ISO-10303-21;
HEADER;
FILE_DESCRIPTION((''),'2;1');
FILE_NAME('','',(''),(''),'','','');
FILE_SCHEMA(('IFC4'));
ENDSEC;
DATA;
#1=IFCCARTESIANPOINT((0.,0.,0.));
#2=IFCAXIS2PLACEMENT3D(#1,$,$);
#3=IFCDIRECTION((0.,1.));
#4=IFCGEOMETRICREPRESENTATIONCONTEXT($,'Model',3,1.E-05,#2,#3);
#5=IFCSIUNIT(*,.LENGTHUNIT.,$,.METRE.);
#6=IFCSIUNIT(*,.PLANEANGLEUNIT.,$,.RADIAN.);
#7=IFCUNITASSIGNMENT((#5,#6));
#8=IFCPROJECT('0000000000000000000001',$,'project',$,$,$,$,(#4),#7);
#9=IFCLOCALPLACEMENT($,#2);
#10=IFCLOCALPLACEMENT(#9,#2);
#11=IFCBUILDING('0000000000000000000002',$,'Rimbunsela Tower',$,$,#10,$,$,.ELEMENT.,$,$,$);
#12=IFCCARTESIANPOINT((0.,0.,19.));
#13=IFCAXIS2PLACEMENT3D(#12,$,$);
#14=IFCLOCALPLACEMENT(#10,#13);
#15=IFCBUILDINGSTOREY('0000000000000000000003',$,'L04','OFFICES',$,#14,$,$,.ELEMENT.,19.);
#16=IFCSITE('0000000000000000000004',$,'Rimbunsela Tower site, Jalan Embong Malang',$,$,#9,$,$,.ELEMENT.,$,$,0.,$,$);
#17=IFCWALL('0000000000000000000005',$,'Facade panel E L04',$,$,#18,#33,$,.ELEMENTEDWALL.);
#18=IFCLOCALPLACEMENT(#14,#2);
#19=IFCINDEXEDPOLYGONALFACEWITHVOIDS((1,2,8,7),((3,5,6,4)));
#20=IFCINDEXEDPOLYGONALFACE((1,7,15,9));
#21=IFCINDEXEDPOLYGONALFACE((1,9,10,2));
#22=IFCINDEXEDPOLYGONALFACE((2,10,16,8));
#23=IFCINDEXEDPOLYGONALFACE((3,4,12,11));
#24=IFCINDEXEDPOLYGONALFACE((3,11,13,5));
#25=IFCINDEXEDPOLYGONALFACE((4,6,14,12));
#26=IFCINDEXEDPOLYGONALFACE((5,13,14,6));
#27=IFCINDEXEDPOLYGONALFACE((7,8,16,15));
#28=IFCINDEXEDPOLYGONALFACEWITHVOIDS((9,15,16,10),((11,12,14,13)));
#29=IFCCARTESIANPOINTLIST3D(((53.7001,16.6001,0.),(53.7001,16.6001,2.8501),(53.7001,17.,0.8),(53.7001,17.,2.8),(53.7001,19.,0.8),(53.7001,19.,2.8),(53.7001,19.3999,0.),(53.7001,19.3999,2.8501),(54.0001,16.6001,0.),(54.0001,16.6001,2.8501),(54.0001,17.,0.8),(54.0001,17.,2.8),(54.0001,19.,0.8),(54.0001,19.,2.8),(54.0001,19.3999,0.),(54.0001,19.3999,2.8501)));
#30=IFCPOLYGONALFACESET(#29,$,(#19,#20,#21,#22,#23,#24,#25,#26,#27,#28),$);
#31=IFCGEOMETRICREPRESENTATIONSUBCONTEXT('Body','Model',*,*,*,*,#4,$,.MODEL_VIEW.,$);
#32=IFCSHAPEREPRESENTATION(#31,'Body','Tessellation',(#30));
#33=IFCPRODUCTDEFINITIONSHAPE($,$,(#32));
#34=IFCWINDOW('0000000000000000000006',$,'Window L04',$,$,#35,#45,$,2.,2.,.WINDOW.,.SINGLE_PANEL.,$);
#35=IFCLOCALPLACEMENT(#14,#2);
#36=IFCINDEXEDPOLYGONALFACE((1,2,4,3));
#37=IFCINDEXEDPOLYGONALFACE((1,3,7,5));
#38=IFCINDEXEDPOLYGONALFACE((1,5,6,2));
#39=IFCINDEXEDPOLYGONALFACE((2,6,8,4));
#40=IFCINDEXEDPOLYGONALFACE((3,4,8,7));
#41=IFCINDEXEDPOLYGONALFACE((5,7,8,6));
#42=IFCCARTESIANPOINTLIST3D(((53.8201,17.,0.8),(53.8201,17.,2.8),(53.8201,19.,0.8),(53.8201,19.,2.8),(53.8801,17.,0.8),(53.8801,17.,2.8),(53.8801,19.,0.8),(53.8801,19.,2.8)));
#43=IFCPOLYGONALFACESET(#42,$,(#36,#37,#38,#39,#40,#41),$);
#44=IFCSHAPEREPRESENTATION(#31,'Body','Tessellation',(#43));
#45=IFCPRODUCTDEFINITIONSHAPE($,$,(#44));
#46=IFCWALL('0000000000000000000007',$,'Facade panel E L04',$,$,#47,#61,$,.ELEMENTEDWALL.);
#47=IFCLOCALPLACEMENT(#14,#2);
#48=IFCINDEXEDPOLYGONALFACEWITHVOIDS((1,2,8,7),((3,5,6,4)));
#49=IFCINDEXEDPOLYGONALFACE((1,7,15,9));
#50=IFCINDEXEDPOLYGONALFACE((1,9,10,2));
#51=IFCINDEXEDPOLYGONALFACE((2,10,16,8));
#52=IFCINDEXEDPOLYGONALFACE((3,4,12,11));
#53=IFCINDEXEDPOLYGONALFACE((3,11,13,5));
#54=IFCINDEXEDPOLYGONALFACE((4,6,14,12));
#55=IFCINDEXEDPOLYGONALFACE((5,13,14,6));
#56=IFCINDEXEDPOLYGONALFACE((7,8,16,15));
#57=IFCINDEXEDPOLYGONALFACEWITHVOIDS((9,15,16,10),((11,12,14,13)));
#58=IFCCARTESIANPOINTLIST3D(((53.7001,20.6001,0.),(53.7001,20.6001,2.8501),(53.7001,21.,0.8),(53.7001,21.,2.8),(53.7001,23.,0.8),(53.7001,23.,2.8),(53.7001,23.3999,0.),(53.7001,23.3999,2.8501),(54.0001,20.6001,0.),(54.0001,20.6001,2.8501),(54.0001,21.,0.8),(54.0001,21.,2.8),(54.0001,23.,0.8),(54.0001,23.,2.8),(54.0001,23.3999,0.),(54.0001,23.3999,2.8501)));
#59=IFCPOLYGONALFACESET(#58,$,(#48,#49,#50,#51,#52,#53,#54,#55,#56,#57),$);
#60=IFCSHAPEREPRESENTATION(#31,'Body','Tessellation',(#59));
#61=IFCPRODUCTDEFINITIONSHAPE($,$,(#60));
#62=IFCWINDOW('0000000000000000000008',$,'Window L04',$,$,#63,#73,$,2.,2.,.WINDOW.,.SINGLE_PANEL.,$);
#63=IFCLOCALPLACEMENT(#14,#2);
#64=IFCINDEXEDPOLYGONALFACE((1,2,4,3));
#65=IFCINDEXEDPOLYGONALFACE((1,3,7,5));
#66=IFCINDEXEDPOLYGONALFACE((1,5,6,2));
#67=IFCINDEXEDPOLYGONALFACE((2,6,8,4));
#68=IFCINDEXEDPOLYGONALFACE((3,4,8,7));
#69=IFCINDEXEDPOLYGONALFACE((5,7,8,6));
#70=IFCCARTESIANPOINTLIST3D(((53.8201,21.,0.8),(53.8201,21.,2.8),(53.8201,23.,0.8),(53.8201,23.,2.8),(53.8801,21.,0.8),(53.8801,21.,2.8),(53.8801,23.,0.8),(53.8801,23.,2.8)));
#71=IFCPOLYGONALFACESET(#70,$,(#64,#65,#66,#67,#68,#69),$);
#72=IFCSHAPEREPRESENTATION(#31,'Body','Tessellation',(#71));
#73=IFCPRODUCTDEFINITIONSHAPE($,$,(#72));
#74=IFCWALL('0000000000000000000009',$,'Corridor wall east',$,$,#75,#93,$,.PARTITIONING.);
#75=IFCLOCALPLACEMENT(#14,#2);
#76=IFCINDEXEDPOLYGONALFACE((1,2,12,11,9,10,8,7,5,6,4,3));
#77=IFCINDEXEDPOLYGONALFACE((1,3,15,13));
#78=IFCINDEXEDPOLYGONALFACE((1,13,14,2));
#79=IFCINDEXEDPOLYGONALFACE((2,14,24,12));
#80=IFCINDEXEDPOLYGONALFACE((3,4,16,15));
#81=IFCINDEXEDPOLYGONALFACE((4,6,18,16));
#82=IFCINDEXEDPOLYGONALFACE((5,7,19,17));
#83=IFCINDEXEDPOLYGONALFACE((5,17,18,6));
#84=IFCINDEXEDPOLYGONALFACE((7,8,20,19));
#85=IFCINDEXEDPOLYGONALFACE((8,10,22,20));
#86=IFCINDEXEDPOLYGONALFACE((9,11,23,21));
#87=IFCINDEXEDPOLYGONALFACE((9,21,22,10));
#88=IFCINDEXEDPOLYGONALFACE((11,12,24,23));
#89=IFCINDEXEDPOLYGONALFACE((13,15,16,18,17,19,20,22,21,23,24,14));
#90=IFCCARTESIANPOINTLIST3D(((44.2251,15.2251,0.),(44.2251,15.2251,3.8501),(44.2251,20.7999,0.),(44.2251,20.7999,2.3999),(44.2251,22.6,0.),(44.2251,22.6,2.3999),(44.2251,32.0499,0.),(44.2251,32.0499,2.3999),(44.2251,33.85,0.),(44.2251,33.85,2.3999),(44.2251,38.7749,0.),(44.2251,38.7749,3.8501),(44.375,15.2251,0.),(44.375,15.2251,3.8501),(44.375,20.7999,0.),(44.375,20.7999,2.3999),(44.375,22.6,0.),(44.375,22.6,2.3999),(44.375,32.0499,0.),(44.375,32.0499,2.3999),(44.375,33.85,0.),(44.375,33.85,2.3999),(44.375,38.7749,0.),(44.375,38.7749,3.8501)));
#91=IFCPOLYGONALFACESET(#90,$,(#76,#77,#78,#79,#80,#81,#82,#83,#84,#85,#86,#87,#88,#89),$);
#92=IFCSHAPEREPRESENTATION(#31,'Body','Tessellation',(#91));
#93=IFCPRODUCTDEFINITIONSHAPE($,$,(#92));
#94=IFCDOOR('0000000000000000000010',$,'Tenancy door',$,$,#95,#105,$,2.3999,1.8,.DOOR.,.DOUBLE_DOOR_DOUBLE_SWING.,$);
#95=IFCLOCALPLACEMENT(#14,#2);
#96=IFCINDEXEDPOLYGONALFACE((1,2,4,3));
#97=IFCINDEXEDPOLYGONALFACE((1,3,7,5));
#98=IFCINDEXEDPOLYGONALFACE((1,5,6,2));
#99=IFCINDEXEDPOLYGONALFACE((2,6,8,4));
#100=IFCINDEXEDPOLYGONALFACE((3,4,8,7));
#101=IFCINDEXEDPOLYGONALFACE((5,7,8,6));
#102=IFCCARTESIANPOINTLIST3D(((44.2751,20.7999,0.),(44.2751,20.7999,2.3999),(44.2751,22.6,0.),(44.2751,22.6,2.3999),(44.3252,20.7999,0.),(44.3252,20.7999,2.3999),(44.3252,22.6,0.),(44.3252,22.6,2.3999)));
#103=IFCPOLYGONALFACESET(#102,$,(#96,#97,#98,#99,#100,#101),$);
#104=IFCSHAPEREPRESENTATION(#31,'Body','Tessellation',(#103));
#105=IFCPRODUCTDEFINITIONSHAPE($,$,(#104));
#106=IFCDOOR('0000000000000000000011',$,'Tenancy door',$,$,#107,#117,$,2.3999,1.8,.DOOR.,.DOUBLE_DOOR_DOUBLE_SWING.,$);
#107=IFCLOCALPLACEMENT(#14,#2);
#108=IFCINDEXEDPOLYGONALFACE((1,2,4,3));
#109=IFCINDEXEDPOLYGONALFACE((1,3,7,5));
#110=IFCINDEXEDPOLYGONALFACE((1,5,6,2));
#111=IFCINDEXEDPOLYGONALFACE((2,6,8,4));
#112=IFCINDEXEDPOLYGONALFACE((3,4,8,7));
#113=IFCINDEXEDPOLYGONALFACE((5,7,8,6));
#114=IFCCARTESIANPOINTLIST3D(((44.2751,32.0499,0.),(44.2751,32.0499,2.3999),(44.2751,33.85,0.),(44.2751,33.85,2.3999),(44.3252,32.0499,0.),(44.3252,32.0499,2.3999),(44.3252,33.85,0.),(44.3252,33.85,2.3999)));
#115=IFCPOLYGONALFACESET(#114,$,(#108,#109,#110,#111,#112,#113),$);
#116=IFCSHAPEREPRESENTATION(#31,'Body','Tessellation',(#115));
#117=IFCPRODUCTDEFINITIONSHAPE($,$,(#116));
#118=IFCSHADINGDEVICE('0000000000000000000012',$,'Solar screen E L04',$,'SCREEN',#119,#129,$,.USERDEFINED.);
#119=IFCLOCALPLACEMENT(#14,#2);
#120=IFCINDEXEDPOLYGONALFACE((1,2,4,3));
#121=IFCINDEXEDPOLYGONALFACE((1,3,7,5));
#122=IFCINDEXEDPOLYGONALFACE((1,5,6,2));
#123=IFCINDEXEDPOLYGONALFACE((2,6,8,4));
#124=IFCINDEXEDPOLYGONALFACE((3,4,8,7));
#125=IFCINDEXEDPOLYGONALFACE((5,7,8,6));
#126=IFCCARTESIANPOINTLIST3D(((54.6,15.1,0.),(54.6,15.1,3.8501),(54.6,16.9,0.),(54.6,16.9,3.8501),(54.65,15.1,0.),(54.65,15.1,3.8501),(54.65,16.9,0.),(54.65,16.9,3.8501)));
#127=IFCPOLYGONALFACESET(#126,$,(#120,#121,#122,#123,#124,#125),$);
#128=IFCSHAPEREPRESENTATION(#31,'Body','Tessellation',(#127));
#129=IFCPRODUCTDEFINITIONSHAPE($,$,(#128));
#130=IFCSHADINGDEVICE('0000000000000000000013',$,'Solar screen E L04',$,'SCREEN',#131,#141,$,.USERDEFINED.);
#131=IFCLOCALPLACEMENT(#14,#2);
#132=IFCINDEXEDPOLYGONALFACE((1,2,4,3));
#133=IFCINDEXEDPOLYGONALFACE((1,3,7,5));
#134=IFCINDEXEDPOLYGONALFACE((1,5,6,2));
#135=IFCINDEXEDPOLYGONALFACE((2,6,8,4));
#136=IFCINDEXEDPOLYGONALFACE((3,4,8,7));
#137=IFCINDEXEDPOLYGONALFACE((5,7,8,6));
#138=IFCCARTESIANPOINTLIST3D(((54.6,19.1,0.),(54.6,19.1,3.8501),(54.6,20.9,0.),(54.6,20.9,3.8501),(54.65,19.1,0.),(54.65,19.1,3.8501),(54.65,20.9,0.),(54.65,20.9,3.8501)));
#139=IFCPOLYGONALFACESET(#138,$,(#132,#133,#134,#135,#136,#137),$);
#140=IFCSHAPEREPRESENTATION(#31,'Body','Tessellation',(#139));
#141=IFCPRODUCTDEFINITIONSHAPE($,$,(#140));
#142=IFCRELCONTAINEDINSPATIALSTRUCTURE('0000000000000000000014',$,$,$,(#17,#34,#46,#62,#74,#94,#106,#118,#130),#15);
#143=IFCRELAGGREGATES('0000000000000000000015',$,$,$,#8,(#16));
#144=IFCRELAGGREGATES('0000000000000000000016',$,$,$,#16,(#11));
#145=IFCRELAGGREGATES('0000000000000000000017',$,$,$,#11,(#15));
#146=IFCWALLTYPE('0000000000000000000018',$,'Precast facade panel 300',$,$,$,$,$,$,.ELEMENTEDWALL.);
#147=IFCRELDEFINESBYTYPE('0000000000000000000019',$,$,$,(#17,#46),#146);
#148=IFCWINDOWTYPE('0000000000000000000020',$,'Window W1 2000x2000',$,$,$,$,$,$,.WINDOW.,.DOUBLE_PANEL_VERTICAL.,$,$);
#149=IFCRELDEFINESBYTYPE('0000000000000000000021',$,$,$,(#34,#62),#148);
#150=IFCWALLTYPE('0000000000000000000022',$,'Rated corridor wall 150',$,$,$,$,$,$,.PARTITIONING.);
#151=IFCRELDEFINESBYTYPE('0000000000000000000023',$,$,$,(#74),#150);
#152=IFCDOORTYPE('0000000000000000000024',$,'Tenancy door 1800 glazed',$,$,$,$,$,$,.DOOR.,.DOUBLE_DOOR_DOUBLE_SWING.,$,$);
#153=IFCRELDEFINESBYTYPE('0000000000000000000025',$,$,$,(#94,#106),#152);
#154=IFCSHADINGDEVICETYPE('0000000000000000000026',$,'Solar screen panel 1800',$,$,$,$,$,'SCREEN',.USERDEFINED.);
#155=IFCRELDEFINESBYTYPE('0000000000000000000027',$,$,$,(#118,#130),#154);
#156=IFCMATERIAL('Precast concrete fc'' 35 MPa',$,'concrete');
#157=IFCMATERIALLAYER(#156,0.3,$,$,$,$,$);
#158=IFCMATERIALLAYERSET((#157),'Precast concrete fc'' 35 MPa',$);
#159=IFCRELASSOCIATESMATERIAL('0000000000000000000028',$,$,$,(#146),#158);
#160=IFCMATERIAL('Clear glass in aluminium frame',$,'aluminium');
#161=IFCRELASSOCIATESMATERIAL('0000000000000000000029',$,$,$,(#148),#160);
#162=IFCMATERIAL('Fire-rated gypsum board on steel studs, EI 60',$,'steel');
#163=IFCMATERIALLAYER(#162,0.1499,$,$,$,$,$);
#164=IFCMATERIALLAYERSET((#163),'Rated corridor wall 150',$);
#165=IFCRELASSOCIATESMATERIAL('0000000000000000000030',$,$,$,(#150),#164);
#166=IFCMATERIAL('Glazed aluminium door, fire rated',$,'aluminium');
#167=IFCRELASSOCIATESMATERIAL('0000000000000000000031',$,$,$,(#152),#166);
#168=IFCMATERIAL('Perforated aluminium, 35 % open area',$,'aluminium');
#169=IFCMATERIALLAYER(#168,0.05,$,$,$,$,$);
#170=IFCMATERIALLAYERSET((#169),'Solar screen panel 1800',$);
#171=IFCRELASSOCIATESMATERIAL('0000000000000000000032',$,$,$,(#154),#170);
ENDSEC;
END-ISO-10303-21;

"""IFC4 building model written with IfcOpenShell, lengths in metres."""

from ifc_helpers import new_model, si_unit, direction, frame, frame_2d, origin, origin_2d, place, context, subcontext, project, spatial, rectangle, extrude, material, layer, layer_set, type_object, element, fill, save


model = new_model("IFC4")

# Units and contexts
model_context = context("Model", 3, precision=1e-05, world=origin(), true_north=direction((0.0, 1.0)))
body_context = subcontext(model_context, "Body", "Model", "MODEL_VIEW")
ifc_project = project(units=[si_unit("LENGTHUNIT", "METRE"), si_unit("PLANEANGLEUNIT", "RADIAN")], contexts=[model_context])

# Site, building, storey
site_placement = place(None, origin())
site = spatial("IfcSite", under=ifc_project, at=site_placement, Name="Rimbunsela Tower site, Jalan Embong Malang", CompositionType="ELEMENT", RefElevation=0.0)
building_placement = place(site_placement, origin())
building = spatial("IfcBuilding", under=site, at=building_placement, Name="Rimbunsela Tower", CompositionType="ELEMENT")
storey_placement = place(building_placement, frame((0.0, 0.0, 19.0)))
storey = spatial("IfcBuildingStorey", under=building, at=storey_placement, Name="L04", Description="OFFICES", CompositionType="ELEMENT", Elevation=19.0)

# Walls, openings, windows
ifc_material_1 = material(Name="Precast concrete fc' 35 MPa", Category="concrete")
ifc_layer_1 = layer(ifc_material_1, 0.3)
ifc_layer_set_1 = layer_set([ifc_layer_1], Name="Precast concrete fc' 35 MPa")
wall_type_1 = type_object("IfcWallType", Name="Precast facade panel 300", PredefinedType="ELEMENTEDWALL", material=ifc_layer_set_1)
wall_1_placement = place(storey_placement, frame((53.8501, 16.6001, 0.0), z_axis=(0.0, 0.0, 1.0), x_axis=(0.0, 1.0, 0.0)))
wall_1 = element("IfcWall", 1, at=wall_1_placement, inside=storey, type_object=wall_type_1, Name="Facade panel E L04", PredefinedType="ELEMENTEDWALL", context=body_context, shape_type="SweptSolid", body=[
    extrude(rectangle(XDim=2.7998, YDim=0.3, at=frame_2d((1.3999, 0.0))), origin(), (0.0, 0.0, 1.0), 2.8501),
])
opening_1_placement = place(wall_1_placement, frame((0.3999, 0.0, 0.8)))
opening_1 = element("IfcOpeningElement", 2, at=opening_1_placement, cuts=wall_1, PredefinedType="OPENING", context=body_context, shape_type="SweptSolid", body=[
    extrude(rectangle(XDim=2.0, YDim=2.0, at=frame_2d((1.0, 1.0))), frame((0.0, 0.1599, 0.0), z_axis=(0.0, -1.0, 0.0), x_axis=(1.0, 0.0, 0.0)), (0.0, 0.0, 1.0), 0.3201),
])
ifc_material_2 = material(Name="Clear glass in aluminium frame", Category="aluminium")
window_type = type_object("IfcWindowType", Name="Window W1 2000x2000", PartitioningType="DOUBLE_PANEL_VERTICAL", PredefinedType="WINDOW", material=ifc_material_2)
window_1_placement = place(opening_1_placement, origin())
window_1 = element("IfcWindow", 3, at=window_1_placement, inside=storey, type_object=window_type, Name="Window L04", OverallHeight=2.0, OverallWidth=2.0, PartitioningType="SINGLE_PANEL", PredefinedType="WINDOW", context=body_context, shape_type="SweptSolid", body=[
    extrude(rectangle(XDim=2.0, YDim=2.0, at=frame_2d((1.0, 1.0))), frame((0.0, 0.03, 0.0), z_axis=(0.0, -1.0, 0.0), x_axis=(1.0, 0.0, 0.0)), (0.0, 0.0, 1.0), 0.0601),
])
fill(opening_1, window_1)
wall_2_placement = place(storey_placement, frame((53.8501, 20.6001, 0.0), z_axis=(0.0, 0.0, 1.0), x_axis=(0.0, 1.0, 0.0)))
wall_2 = element("IfcWall", 4, at=wall_2_placement, inside=storey, type_object=wall_type_1, Name="Facade panel E L04", PredefinedType="ELEMENTEDWALL", context=body_context, shape_type="SweptSolid", body=[
    extrude(rectangle(XDim=2.7998, YDim=0.3, at=frame_2d((1.3999, 0.0))), origin(), (0.0, 0.0, 1.0), 2.8501),
])
opening_2_placement = place(wall_2_placement, frame((0.3999, 0.0, 0.8)))
opening_2 = element("IfcOpeningElement", 5, at=opening_2_placement, cuts=wall_2, PredefinedType="OPENING", context=body_context, shape_type="SweptSolid", body=[
    extrude(rectangle(XDim=2.0, YDim=2.0, at=frame_2d((1.0, 1.0))), frame((0.0, 0.1599, 0.0), z_axis=(0.0, -1.0, 0.0), x_axis=(1.0, 0.0, 0.0)), (0.0, 0.0, 1.0), 0.3201),
])
window_2_placement = place(opening_2_placement, origin())
window_2 = element("IfcWindow", 6, at=window_2_placement, inside=storey, type_object=window_type, Name="Window L04", OverallHeight=2.0, OverallWidth=2.0, PartitioningType="SINGLE_PANEL", PredefinedType="WINDOW", context=body_context, shape_type="SweptSolid", body=[
    extrude(rectangle(XDim=2.0, YDim=2.0, at=frame_2d((1.0, 1.0))), frame((0.0, 0.03, 0.0), z_axis=(0.0, -1.0, 0.0), x_axis=(1.0, 0.0, 0.0)), (0.0, 0.0, 1.0), 0.0601),
])
fill(opening_2, window_2)

# Wall, openings, doors
ifc_material_3 = material(Name="Fire-rated gypsum board on steel studs, EI 60", Category="steel")
ifc_layer_2 = layer(ifc_material_3, 0.1499)
ifc_layer_set_2 = layer_set([ifc_layer_2], Name="Rated corridor wall 150")
wall_type_2 = type_object("IfcWallType", Name="Rated corridor wall 150", PredefinedType="PARTITIONING", material=ifc_layer_set_2)
wall_3_placement = place(storey_placement, frame((44.3, 15.2251, 0.0), z_axis=(0.0, 0.0, 1.0), x_axis=(0.0, 1.0, 0.0)))
wall_3 = element("IfcWall", 7, at=wall_3_placement, inside=storey, type_object=wall_type_2, Name="Corridor wall east", PredefinedType="PARTITIONING", context=body_context, shape_type="SweptSolid", body=[
    extrude(rectangle(XDim=23.5498, YDim=0.1499, at=frame_2d((11.7749, 0.0))), origin(), (0.0, 0.0, 1.0), 3.8501),
])
opening_3_placement = place(wall_3_placement, frame((5.575, 0.0, 0.0)))
opening_3 = element("IfcOpeningElement", 8, at=opening_3_placement, cuts=wall_3, PredefinedType="OPENING", context=body_context, shape_type="SweptSolid", body=[
    extrude(rectangle(XDim=1.8, YDim=2.3999, at=frame_2d((0.8999, 1.2))), frame((0.0, 0.085, 0.0), z_axis=(0.0, -1.0, 0.0), x_axis=(1.0, 0.0, 0.0)), (0.0, 0.0, 1.0), 0.1699),
])
opening_4_placement = place(wall_3_placement, frame((16.825, 0.0, 0.0)))
opening_4 = element("IfcOpeningElement", 9, at=opening_4_placement, cuts=wall_3, PredefinedType="OPENING", context=body_context, shape_type="SweptSolid", body=[
    extrude(rectangle(XDim=1.8, YDim=2.3999, at=frame_2d((0.8999, 1.2))), frame((0.0, 0.085, 0.0), z_axis=(0.0, -1.0, 0.0), x_axis=(1.0, 0.0, 0.0)), (0.0, 0.0, 1.0), 0.1699),
])
ifc_material_4 = material(Name="Glazed aluminium door, fire rated", Category="aluminium")
door_type_1 = type_object("IfcDoorType", Name="Tenancy door 1800 glazed", OperationType="DOUBLE_DOOR_DOUBLE_SWING", PredefinedType="DOOR", material=ifc_material_4)
door_1_placement = place(opening_3_placement, origin())
door_1 = element("IfcDoor", 10, at=door_1_placement, inside=storey, type_object=door_type_1, Name="Tenancy door", OperationType="DOUBLE_DOOR_DOUBLE_SWING", OverallHeight=2.3999, OverallWidth=1.8, PredefinedType="DOOR", context=body_context, shape_type="SweptSolid", body=[
    extrude(rectangle(XDim=1.8, YDim=2.3999, at=frame_2d((0.8999, 1.2))), frame((0.0, 0.0249, 0.0), z_axis=(0.0, -1.0, 0.0), x_axis=(1.0, 0.0, 0.0)), (0.0, 0.0, 1.0), 0.05),
])
fill(opening_3, door_1)
door_2_placement = place(opening_4_placement, origin())
door_2 = element("IfcDoor", 11, at=door_2_placement, inside=storey, type_object=door_type_1, Name="Tenancy door", OperationType="DOUBLE_DOOR_DOUBLE_SWING", OverallHeight=2.3999, OverallWidth=1.8, PredefinedType="DOOR", context=body_context, shape_type="SweptSolid", body=[
    extrude(rectangle(XDim=1.8, YDim=2.3999, at=frame_2d((0.8999, 1.2))), frame((0.0, 0.0249, 0.0), z_axis=(0.0, -1.0, 0.0), x_axis=(1.0, 0.0, 0.0)), (0.0, 0.0, 1.0), 0.05),
])
fill(opening_4, door_2)

# Shading devices
ifc_material_5 = material(Name="Perforated aluminium, 35 % open area", Category="aluminium")
ifc_layer_3 = layer(ifc_material_5, 0.05)
ifc_layer_set_3 = layer_set([ifc_layer_3], Name="Solar screen panel 1800")
shading_device_type = type_object("IfcShadingDeviceType", Name="Solar screen panel 1800", ElementType="SCREEN", PredefinedType="USERDEFINED", material=ifc_layer_set_3)
for number, where, z_axis, x_axis, name in (
    (12, (54.625, 16.0, 0.0), (0.0, 0.0, 1.0), (0.0, 1.0, 0.0), "Solar screen E L04"),
    (13, (54.625, 20.0, 0.0), (0.0, 0.0, 1.0), (0.0, 1.0, 0.0), "Solar screen E L04"),
):
    element("IfcShadingDevice", number, at=place(storey_placement, frame(where, z_axis=z_axis, x_axis=x_axis)), inside=storey, type_object=shading_device_type, Name=name, ObjectType="SCREEN", PredefinedType="USERDEFINED", context=body_context, shape_type="SweptSolid", body=[
        extrude(rectangle(XDim=1.8, YDim=0.05, at=origin_2d()), origin(), (0.0, 0.0, 1.0), 3.8501),
    ])

save(model, "model.ifc")
